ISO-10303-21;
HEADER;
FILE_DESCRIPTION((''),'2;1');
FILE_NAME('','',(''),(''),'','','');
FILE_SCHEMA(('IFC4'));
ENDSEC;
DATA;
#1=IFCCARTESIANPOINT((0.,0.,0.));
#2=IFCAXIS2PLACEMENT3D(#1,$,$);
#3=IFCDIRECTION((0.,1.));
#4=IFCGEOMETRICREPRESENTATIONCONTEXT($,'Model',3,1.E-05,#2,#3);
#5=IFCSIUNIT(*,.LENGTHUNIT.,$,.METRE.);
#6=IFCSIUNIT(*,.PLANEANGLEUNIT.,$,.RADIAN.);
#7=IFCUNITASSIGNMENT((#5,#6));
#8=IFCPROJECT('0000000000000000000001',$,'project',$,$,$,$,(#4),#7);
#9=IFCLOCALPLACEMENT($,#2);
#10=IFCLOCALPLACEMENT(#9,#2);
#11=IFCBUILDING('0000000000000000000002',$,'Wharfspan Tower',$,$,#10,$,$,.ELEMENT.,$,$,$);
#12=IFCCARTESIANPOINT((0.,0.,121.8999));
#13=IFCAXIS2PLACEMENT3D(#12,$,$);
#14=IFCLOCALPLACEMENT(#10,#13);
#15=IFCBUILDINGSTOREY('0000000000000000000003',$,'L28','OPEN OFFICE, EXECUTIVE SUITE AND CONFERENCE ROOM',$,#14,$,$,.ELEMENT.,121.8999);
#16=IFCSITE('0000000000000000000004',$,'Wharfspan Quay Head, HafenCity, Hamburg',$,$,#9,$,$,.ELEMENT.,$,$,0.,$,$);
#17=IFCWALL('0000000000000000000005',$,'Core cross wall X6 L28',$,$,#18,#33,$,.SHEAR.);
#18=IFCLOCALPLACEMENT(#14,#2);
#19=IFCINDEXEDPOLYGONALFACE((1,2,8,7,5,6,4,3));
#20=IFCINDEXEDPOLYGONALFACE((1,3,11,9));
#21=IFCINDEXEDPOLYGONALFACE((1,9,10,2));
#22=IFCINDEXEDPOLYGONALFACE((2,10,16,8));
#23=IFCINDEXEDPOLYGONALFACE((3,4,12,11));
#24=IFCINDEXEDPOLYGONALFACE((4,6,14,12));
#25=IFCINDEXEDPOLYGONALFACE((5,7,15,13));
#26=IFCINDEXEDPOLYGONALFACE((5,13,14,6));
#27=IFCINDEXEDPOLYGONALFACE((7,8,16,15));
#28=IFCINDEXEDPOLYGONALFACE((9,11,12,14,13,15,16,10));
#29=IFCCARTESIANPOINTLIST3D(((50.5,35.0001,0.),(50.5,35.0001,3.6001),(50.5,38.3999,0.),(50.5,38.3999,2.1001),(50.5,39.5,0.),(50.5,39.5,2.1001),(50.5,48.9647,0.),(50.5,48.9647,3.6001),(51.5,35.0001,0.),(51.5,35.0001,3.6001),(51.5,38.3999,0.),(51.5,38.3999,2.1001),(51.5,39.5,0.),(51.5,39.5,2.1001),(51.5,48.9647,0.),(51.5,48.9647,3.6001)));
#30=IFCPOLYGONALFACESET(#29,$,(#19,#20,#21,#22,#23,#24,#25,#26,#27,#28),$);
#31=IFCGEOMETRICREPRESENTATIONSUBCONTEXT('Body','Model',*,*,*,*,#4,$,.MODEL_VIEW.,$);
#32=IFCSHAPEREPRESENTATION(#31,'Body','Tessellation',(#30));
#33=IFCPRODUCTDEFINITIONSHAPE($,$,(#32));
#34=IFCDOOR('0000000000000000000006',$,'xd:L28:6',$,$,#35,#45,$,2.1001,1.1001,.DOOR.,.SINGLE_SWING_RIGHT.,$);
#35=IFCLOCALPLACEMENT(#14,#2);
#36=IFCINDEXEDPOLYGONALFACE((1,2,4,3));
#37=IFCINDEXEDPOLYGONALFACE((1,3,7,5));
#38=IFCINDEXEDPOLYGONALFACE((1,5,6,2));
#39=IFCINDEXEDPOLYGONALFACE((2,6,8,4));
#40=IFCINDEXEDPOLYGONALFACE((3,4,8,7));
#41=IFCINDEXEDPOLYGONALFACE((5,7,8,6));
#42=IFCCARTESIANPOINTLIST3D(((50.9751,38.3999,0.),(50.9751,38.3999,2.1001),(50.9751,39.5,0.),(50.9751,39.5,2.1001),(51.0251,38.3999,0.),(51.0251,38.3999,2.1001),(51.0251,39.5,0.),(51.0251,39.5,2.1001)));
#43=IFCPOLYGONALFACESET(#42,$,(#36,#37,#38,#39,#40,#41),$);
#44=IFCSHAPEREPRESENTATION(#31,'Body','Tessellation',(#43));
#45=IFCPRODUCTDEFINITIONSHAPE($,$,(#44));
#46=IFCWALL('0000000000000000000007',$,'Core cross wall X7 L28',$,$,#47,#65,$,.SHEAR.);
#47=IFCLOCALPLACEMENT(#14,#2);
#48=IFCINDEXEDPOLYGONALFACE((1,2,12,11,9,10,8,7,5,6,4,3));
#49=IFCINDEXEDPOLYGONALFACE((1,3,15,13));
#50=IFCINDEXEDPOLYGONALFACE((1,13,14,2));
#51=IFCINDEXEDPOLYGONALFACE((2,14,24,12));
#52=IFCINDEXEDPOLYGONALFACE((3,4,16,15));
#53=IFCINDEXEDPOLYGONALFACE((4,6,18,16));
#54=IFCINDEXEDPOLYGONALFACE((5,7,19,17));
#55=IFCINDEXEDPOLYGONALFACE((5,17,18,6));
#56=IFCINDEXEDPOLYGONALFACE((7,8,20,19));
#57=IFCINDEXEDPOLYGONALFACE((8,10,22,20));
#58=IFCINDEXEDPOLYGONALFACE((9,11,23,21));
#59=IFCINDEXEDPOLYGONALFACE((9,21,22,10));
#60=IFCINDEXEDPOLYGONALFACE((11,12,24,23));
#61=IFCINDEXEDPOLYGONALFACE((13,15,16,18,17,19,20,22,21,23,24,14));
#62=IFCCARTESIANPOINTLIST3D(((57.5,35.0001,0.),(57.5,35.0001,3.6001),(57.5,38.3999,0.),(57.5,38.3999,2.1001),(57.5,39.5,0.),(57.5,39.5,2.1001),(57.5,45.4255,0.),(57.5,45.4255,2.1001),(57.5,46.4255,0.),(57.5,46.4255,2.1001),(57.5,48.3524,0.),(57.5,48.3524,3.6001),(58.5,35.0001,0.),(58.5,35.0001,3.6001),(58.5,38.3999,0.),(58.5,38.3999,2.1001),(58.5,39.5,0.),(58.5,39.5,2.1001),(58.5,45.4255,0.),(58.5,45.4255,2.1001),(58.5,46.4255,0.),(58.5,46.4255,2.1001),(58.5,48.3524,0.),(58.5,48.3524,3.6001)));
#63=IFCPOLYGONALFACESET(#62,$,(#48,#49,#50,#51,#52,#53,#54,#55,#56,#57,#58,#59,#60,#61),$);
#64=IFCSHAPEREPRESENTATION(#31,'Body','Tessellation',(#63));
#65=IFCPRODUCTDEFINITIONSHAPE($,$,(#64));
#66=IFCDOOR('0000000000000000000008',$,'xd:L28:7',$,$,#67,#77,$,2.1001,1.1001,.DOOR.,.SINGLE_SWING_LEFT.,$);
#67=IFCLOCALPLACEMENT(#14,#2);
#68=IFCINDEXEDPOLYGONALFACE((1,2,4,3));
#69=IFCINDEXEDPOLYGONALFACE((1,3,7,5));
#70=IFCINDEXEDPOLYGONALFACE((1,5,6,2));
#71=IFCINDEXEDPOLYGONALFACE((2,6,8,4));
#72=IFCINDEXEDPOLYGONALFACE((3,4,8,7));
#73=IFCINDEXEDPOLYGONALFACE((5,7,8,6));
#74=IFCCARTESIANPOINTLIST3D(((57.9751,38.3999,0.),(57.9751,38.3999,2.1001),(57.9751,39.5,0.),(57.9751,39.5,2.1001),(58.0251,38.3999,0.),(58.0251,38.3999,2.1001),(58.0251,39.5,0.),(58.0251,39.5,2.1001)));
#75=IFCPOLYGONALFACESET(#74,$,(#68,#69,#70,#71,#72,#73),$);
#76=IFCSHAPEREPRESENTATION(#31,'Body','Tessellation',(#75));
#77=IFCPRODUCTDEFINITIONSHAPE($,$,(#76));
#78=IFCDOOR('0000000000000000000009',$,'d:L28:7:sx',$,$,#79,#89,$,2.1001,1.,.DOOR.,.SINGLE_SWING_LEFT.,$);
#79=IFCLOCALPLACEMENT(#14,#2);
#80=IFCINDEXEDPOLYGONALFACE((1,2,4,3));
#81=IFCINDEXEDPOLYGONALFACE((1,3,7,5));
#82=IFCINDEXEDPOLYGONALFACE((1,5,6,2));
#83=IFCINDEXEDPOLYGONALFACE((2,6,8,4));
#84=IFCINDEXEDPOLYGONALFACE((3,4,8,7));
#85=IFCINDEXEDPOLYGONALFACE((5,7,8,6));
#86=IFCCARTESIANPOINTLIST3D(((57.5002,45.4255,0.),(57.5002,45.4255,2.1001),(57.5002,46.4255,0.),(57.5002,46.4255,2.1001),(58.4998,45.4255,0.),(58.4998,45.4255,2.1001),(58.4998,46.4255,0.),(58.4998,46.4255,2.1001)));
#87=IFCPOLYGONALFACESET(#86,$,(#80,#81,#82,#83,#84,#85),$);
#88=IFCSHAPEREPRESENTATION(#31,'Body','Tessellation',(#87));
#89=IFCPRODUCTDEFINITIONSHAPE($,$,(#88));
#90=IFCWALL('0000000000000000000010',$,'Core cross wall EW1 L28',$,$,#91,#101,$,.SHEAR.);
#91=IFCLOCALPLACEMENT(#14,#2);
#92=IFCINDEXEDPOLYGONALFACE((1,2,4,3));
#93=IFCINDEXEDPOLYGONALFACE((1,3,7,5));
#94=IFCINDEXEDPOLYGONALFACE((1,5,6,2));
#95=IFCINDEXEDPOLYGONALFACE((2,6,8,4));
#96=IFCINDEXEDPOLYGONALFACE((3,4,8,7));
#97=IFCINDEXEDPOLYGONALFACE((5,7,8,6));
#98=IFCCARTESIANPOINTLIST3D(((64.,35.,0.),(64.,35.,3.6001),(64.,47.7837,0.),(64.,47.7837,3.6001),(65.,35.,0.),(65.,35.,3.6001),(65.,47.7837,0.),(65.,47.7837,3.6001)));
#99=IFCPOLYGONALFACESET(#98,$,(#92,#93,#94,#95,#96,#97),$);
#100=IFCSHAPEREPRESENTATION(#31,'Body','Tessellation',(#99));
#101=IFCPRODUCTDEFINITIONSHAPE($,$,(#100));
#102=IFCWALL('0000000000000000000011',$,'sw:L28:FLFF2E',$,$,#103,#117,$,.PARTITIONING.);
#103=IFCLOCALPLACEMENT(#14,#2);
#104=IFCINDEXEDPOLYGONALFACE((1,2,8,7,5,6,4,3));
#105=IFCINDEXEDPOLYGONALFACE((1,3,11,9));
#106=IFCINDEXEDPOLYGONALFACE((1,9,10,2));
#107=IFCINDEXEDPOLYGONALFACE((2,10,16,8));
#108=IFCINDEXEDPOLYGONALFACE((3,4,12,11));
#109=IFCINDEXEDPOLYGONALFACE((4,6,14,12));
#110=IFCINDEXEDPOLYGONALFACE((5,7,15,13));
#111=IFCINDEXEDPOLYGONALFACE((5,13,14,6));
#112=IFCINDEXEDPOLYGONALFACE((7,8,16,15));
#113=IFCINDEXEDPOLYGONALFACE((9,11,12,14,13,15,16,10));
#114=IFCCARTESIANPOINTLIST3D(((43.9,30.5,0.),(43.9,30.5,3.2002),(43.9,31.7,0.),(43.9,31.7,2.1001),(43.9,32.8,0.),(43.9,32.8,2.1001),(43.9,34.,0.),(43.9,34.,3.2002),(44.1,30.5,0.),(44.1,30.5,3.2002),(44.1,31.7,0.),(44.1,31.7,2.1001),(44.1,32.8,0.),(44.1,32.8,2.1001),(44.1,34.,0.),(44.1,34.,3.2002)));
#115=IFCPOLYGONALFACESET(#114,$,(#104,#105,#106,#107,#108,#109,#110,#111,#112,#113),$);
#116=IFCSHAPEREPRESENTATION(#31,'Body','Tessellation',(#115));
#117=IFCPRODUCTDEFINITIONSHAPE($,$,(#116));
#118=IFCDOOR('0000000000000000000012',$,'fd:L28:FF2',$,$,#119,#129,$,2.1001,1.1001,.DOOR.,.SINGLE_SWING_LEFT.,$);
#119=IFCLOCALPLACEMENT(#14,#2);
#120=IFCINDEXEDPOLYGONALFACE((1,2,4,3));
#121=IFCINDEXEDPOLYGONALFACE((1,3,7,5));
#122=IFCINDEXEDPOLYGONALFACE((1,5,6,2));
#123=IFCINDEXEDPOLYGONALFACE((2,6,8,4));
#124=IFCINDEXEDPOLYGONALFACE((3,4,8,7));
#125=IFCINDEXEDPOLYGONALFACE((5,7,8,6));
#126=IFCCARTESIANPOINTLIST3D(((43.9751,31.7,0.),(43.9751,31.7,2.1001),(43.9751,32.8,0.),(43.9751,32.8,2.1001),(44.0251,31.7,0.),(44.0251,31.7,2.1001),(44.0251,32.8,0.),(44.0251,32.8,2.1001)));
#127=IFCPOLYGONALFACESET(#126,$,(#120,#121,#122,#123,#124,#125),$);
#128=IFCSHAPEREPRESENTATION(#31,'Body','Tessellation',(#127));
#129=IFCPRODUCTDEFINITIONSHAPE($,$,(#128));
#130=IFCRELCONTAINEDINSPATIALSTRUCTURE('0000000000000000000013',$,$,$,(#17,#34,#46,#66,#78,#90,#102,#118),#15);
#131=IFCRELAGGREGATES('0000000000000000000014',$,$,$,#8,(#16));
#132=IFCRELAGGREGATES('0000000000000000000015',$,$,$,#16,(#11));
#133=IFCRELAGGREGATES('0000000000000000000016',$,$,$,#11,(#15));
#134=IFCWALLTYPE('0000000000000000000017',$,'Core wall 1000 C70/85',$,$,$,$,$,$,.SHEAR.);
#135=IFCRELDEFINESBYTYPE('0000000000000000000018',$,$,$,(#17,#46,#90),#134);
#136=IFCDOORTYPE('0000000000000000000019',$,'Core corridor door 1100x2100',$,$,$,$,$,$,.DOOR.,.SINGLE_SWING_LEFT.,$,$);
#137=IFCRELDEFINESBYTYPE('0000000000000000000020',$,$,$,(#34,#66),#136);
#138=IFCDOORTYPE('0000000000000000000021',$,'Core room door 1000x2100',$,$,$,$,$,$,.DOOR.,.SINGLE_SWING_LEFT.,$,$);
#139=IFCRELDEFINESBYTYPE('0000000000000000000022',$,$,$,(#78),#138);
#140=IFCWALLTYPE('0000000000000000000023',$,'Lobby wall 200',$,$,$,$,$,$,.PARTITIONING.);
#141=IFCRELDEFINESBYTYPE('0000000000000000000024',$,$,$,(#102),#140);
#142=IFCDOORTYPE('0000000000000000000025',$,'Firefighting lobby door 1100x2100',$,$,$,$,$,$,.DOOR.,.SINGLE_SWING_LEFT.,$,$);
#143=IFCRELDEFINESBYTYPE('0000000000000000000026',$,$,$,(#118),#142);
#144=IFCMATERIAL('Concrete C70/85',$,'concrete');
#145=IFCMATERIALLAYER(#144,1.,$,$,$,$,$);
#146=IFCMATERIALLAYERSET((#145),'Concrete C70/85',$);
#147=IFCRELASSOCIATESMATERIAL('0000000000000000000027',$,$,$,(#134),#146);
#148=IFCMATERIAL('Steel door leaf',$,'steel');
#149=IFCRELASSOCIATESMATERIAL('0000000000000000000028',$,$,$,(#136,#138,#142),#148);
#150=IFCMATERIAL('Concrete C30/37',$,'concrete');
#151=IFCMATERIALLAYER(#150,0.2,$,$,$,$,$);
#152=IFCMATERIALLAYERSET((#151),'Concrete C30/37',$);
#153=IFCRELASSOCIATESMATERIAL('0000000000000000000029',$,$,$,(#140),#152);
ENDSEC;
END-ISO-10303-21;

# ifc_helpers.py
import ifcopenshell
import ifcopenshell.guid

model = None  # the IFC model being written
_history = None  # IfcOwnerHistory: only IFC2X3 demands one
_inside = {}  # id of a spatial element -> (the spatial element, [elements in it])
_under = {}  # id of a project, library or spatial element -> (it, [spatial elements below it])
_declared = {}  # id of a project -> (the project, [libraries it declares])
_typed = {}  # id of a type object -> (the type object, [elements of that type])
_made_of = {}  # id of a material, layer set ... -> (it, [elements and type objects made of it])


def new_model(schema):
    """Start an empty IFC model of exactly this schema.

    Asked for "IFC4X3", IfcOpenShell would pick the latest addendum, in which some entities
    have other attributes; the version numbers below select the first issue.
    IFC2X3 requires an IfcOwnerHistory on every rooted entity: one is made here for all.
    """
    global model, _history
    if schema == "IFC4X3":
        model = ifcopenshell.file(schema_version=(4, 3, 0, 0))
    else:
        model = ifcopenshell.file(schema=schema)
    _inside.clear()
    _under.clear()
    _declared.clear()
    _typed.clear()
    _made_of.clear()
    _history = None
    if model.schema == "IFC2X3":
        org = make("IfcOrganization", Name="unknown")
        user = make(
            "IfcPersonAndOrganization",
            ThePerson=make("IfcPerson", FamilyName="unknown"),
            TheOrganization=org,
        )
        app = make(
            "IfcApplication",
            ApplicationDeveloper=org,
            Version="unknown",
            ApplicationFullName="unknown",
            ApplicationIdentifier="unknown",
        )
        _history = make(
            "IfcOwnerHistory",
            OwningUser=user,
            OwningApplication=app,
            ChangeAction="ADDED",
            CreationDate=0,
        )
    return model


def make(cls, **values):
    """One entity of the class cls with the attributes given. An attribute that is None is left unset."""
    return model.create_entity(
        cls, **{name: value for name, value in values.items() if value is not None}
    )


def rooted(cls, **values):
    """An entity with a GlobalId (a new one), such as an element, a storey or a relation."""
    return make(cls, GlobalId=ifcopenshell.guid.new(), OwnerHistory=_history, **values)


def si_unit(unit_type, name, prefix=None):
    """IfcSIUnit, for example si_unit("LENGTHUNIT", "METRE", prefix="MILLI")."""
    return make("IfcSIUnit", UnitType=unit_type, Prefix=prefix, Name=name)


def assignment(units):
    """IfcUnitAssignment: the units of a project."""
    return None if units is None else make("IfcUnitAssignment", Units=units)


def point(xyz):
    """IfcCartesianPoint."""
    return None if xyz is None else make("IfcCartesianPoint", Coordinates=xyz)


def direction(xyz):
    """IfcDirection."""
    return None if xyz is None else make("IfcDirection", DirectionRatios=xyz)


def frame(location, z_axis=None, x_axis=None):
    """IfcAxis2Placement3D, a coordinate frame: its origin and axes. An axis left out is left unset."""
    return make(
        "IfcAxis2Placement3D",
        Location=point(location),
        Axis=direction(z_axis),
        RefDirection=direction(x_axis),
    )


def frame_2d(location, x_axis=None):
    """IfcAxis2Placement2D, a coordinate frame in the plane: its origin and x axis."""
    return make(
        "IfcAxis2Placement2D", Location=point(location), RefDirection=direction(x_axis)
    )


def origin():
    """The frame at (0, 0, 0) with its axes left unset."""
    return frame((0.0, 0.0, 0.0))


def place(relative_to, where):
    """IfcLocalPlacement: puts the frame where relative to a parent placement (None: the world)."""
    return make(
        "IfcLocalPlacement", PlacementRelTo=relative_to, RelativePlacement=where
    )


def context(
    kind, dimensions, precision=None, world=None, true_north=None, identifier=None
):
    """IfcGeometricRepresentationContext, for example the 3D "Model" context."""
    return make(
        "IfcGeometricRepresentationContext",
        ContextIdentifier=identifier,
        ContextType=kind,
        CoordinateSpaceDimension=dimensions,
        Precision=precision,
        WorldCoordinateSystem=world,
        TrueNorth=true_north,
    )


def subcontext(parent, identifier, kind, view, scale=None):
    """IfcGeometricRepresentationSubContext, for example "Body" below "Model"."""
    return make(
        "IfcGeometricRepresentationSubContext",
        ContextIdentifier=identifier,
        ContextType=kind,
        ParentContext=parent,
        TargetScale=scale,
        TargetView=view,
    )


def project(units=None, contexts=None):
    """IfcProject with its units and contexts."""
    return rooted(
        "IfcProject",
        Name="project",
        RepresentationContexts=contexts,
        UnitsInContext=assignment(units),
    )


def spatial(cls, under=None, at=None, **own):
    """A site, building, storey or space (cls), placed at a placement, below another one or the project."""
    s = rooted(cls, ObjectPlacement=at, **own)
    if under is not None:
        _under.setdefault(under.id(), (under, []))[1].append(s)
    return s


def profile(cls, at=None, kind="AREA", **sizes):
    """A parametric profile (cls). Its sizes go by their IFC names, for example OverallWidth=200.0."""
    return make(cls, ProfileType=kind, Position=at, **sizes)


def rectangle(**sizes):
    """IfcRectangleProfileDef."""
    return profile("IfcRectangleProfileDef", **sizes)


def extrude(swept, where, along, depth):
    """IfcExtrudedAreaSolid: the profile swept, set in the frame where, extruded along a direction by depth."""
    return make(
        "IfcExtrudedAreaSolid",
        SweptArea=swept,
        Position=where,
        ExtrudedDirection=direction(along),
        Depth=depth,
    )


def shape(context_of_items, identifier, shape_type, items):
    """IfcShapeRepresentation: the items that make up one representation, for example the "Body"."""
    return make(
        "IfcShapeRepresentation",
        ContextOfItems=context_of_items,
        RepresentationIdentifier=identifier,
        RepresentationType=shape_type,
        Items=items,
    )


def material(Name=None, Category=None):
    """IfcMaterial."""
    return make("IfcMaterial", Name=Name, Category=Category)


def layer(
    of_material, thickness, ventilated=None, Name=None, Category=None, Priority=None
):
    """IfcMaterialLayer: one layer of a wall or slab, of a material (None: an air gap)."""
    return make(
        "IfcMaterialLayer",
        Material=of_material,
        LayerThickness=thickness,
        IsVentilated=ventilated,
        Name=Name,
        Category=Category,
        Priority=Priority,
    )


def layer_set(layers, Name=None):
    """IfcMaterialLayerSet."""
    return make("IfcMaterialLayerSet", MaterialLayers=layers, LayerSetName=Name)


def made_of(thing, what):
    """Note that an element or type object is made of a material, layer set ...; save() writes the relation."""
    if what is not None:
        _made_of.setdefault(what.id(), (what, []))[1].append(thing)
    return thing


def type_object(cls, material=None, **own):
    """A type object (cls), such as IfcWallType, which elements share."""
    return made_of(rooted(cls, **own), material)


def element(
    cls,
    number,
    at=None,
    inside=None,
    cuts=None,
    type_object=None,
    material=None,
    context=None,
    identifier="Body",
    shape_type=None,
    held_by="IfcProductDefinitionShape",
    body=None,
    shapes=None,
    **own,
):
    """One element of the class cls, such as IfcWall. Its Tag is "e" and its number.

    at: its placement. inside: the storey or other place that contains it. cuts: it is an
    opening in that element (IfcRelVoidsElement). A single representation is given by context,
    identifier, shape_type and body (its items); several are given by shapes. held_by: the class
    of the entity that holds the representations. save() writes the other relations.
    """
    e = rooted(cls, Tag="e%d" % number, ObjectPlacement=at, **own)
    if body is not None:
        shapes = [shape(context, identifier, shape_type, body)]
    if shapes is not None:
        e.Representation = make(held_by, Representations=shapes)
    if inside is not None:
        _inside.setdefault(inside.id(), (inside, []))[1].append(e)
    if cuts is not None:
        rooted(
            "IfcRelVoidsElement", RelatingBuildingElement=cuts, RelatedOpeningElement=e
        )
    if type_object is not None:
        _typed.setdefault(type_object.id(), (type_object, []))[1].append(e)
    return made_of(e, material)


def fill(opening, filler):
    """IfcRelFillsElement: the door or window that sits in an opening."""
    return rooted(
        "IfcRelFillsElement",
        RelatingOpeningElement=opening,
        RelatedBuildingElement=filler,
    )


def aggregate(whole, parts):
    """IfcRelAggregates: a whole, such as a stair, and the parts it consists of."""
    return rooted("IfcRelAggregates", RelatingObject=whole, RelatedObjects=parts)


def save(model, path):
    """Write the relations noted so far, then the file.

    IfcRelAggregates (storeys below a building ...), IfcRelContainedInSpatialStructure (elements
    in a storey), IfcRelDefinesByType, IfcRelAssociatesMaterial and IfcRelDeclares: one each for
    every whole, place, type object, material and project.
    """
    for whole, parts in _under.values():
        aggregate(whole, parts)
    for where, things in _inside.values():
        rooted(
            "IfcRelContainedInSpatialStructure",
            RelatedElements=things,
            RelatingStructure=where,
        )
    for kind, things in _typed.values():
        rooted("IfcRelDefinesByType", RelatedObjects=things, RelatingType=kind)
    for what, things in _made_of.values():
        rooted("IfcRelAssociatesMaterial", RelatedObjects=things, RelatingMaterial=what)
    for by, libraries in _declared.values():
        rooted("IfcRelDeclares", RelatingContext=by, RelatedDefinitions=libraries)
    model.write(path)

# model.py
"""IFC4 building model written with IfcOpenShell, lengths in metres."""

from ifc_helpers import new_model, si_unit, direction, frame, frame_2d, origin, place, context, subcontext, project, spatial, rectangle, extrude, material, layer, layer_set, type_object, element, fill, save


model = new_model("IFC4")

# Units and contexts
model_context = context("Model", 3, precision=1e-05, world=origin(), true_north=direction((0.0, 1.0)))
body_context = subcontext(model_context, "Body", "Model", "MODEL_VIEW")
ifc_project = project(units=[si_unit("LENGTHUNIT", "METRE"), si_unit("PLANEANGLEUNIT", "RADIAN")], contexts=[model_context])

# Site, building, storey
site_placement = place(None, origin())
site = spatial("IfcSite", under=ifc_project, at=site_placement, Name="Wharfspan Quay Head, HafenCity, Hamburg", CompositionType="ELEMENT", RefElevation=0.0)
building_placement = place(site_placement, origin())
building = spatial("IfcBuilding", under=site, at=building_placement, Name="Wharfspan Tower", CompositionType="ELEMENT")
storey_placement = place(building_placement, frame((0.0, 0.0, 121.8999)))
storey = spatial("IfcBuildingStorey", under=building, at=storey_placement, Name="L28", Description="OPEN OFFICE, EXECUTIVE SUITE AND CONFERENCE ROOM", CompositionType="ELEMENT", Elevation=121.8999)

# Shared definitions
ifc_material_1 = material(Name="Concrete C70/85", Category="concrete")
ifc_layer_1 = layer(ifc_material_1, 1.0)
ifc_layer_set_1 = layer_set([ifc_layer_1], Name="Concrete C70/85")
wall_type_1 = type_object("IfcWallType", Name="Core wall 1000 C70/85", PredefinedType="SHEAR", material=ifc_layer_set_1)
ifc_material_2 = material(Name="Steel door leaf", Category="steel")
door_type_1 = type_object("IfcDoorType", Name="Core corridor door 1100x2100", OperationType="SINGLE_SWING_LEFT", PredefinedType="DOOR", material=ifc_material_2)
door_type_2 = type_object("IfcDoorType", Name="Core room door 1000x2100", OperationType="SINGLE_SWING_LEFT", PredefinedType="DOOR", material=ifc_material_2)

# Wall, opening, door
wall_1_placement = place(storey_placement, frame((51.0, 35.0, 0.0), z_axis=(0.0, 0.0, 1.0), x_axis=(0.0, 1.0, 0.0)))
wall_1 = element("IfcWall", 1, at=wall_1_placement, inside=storey, type_object=wall_type_1, Name="Core cross wall X6 L28", PredefinedType="SHEAR", context=body_context, shape_type="SweptSolid", body=[
    extrude(rectangle(XDim=13.9646, YDim=1.0, at=frame_2d((6.9824, 0.0))), origin(), (0.0, 0.0, 1.0), 3.6001),
])
opening_1_placement = place(wall_1_placement, frame((3.3999, 0.0, 0.0)))
opening_1 = element("IfcOpeningElement", 2, at=opening_1_placement, cuts=wall_1, PredefinedType="OPENING", context=body_context, shape_type="SweptSolid", body=[
    extrude(rectangle(XDim=1.1001, YDim=2.1001, at=frame_2d((0.55, 1.05))), frame((0.0, 0.51, 0.0), z_axis=(0.0, -1.0, 0.0), x_axis=(1.0, 0.0, 0.0)), (0.0, 0.0, 1.0), 1.02),
])
door_1_placement = place(opening_1_placement, origin())
door_1 = element("IfcDoor", 3, at=door_1_placement, inside=storey, type_object=door_type_1, Name="xd:L28:6", OperationType="SINGLE_SWING_RIGHT", OverallHeight=2.1001, OverallWidth=1.1001, PredefinedType="DOOR", context=body_context, shape_type="SweptSolid", body=[
    extrude(rectangle(XDim=1.1001, YDim=2.1001, at=frame_2d((0.55, 1.05))), frame((0.0, 0.0249, 0.0), z_axis=(0.0, -1.0, 0.0), x_axis=(1.0, 0.0, 0.0)), (0.0, 0.0, 1.0), 0.05),
])
fill(opening_1, door_1)

# Wall, openings, doors
wall_2_placement = place(storey_placement, frame((58.0, 35.0, 0.0), z_axis=(0.0, 0.0, 1.0), x_axis=(0.0, 1.0, 0.0)))
wall_2 = element("IfcWall", 4, at=wall_2_placement, inside=storey, type_object=wall_type_1, Name="Core cross wall X7 L28", PredefinedType="SHEAR", context=body_context, shape_type="SweptSolid", body=[
    extrude(rectangle(XDim=13.3523, YDim=1.0, at=frame_2d((6.6763, 0.0))), origin(), (0.0, 0.0, 1.0), 3.6001),
])
opening_2_placement = place(wall_2_placement, frame((10.4255, 0.0, 0.0)))
opening_2 = element("IfcOpeningElement", 5, at=opening_2_placement, cuts=wall_2, PredefinedType="OPENING", context=body_context, shape_type="SweptSolid", body=[
    extrude(rectangle(XDim=1.0, YDim=2.1001, at=frame_2d((0.5, 1.05))), frame((0.0, 0.51, 0.0), z_axis=(0.0, -1.0, 0.0), x_axis=(1.0, 0.0, 0.0)), (0.0, 0.0, 1.0), 1.02),
])
opening_3_placement = place(wall_2_placement, frame((3.3999, 0.0, 0.0)))
opening_3 = element("IfcOpeningElement", 6, at=opening_3_placement, cuts=wall_2, PredefinedType="OPENING", context=body_context, shape_type="SweptSolid", body=[
    extrude(rectangle(XDim=1.1001, YDim=2.1001, at=frame_2d((0.55, 1.05))), frame((0.0, 0.51, 0.0), z_axis=(0.0, -1.0, 0.0), x_axis=(1.0, 0.0, 0.0)), (0.0, 0.0, 1.0), 1.02),
])
door_2_placement = place(opening_3_placement, origin())
door_2 = element("IfcDoor", 7, at=door_2_placement, inside=storey, type_object=door_type_1, Name="xd:L28:7", OperationType="SINGLE_SWING_LEFT", OverallHeight=2.1001, OverallWidth=1.1001, PredefinedType="DOOR", context=body_context, shape_type="SweptSolid", body=[
    extrude(rectangle(XDim=1.1001, YDim=2.1001, at=frame_2d((0.55, 1.05))), frame((0.0, 0.0249, 0.0), z_axis=(0.0, -1.0, 0.0), x_axis=(1.0, 0.0, 0.0)), (0.0, 0.0, 1.0), 0.05),
])
fill(opening_3, door_2)
door_3_placement = place(opening_2_placement, origin())
door_3 = element("IfcDoor", 8, at=door_3_placement, inside=storey, type_object=door_type_2, Name="d:L28:7:sx", OperationType="SINGLE_SWING_LEFT", OverallHeight=2.1001, OverallWidth=1.0, PredefinedType="DOOR", context=body_context, shape_type="SweptSolid", body=[
    extrude(rectangle(XDim=1.0, YDim=2.1001, at=frame_2d((0.5, 1.05))), frame((0.0, 0.4998, 0.0), z_axis=(0.0, -1.0, 0.0), x_axis=(1.0, 0.0, 0.0)), (0.0, 0.0, 1.0), 0.9995),
])
fill(opening_2, door_3)

# Wall
wall_3_placement = place(storey_placement, frame((64.5, 35.0, 0.0), z_axis=(0.0, 0.0, 1.0), x_axis=(0.0, 1.0, 0.0)))
element("IfcWall", 9, at=wall_3_placement, inside=storey, type_object=wall_type_1, Name="Core cross wall EW1 L28", PredefinedType="SHEAR", context=body_context, shape_type="SweptSolid", body=[
    extrude(rectangle(XDim=12.7837, YDim=1.0, at=frame_2d((6.3918, 0.0))), origin(), (0.0, 0.0, 1.0), 3.6001),
])

# Wall, opening, door
ifc_material_3 = material(Name="Concrete C30/37", Category="concrete")
ifc_layer_2 = layer(ifc_material_3, 0.2)
ifc_layer_set_2 = layer_set([ifc_layer_2], Name="Concrete C30/37")
wall_type_2 = type_object("IfcWallType", Name="Lobby wall 200", PredefinedType="PARTITIONING", material=ifc_layer_set_2)
wall_4_placement = place(storey_placement, frame((44.0, 30.5, 0.0), z_axis=(0.0, 0.0, 1.0), x_axis=(0.0, 1.0, 0.0)))
wall_4 = element("IfcWall", 10, at=wall_4_placement, inside=storey, type_object=wall_type_2, Name="sw:L28:FLFF2E", PredefinedType="PARTITIONING", context=body_context, shape_type="SweptSolid", body=[
    extrude(rectangle(XDim=3.5, YDim=0.2, at=frame_2d((1.75, 0.0))), origin(), (0.0, 0.0, 1.0), 3.2002),
])
opening_4_placement = place(wall_4_placement, frame((1.2, 0.0, 0.0)))
opening_4 = element("IfcOpeningElement", 11, at=opening_4_placement, cuts=wall_4, PredefinedType="OPENING", context=body_context, shape_type="SweptSolid", body=[
    extrude(rectangle(XDim=1.1001, YDim=2.1001, at=frame_2d((0.55, 1.05))), frame((0.0, 0.1099, 0.0), z_axis=(0.0, -1.0, 0.0), x_axis=(1.0, 0.0, 0.0)), (0.0, 0.0, 1.0), 0.22),
])
door_type_3 = type_object("IfcDoorType", Name="Firefighting lobby door 1100x2100", OperationType="SINGLE_SWING_LEFT", PredefinedType="DOOR", material=ifc_material_2)
door_4_placement = place(opening_4_placement, origin())
door_4 = element("IfcDoor", 12, at=door_4_placement, inside=storey, type_object=door_type_3, Name="fd:L28:FF2", OperationType="SINGLE_SWING_LEFT", OverallHeight=2.1001, OverallWidth=1.1001, PredefinedType="DOOR", context=body_context, shape_type="SweptSolid", body=[
    extrude(rectangle(XDim=1.1001, YDim=2.1001, at=frame_2d((0.55, 1.05))), frame((0.0, 0.0249, 0.0), z_axis=(0.0, -1.0, 0.0), x_axis=(1.0, 0.0, 0.0)), (0.0, 0.0, 1.0), 0.05),
])
fill(opening_4, door_4)

save(model, "model.ifc")
